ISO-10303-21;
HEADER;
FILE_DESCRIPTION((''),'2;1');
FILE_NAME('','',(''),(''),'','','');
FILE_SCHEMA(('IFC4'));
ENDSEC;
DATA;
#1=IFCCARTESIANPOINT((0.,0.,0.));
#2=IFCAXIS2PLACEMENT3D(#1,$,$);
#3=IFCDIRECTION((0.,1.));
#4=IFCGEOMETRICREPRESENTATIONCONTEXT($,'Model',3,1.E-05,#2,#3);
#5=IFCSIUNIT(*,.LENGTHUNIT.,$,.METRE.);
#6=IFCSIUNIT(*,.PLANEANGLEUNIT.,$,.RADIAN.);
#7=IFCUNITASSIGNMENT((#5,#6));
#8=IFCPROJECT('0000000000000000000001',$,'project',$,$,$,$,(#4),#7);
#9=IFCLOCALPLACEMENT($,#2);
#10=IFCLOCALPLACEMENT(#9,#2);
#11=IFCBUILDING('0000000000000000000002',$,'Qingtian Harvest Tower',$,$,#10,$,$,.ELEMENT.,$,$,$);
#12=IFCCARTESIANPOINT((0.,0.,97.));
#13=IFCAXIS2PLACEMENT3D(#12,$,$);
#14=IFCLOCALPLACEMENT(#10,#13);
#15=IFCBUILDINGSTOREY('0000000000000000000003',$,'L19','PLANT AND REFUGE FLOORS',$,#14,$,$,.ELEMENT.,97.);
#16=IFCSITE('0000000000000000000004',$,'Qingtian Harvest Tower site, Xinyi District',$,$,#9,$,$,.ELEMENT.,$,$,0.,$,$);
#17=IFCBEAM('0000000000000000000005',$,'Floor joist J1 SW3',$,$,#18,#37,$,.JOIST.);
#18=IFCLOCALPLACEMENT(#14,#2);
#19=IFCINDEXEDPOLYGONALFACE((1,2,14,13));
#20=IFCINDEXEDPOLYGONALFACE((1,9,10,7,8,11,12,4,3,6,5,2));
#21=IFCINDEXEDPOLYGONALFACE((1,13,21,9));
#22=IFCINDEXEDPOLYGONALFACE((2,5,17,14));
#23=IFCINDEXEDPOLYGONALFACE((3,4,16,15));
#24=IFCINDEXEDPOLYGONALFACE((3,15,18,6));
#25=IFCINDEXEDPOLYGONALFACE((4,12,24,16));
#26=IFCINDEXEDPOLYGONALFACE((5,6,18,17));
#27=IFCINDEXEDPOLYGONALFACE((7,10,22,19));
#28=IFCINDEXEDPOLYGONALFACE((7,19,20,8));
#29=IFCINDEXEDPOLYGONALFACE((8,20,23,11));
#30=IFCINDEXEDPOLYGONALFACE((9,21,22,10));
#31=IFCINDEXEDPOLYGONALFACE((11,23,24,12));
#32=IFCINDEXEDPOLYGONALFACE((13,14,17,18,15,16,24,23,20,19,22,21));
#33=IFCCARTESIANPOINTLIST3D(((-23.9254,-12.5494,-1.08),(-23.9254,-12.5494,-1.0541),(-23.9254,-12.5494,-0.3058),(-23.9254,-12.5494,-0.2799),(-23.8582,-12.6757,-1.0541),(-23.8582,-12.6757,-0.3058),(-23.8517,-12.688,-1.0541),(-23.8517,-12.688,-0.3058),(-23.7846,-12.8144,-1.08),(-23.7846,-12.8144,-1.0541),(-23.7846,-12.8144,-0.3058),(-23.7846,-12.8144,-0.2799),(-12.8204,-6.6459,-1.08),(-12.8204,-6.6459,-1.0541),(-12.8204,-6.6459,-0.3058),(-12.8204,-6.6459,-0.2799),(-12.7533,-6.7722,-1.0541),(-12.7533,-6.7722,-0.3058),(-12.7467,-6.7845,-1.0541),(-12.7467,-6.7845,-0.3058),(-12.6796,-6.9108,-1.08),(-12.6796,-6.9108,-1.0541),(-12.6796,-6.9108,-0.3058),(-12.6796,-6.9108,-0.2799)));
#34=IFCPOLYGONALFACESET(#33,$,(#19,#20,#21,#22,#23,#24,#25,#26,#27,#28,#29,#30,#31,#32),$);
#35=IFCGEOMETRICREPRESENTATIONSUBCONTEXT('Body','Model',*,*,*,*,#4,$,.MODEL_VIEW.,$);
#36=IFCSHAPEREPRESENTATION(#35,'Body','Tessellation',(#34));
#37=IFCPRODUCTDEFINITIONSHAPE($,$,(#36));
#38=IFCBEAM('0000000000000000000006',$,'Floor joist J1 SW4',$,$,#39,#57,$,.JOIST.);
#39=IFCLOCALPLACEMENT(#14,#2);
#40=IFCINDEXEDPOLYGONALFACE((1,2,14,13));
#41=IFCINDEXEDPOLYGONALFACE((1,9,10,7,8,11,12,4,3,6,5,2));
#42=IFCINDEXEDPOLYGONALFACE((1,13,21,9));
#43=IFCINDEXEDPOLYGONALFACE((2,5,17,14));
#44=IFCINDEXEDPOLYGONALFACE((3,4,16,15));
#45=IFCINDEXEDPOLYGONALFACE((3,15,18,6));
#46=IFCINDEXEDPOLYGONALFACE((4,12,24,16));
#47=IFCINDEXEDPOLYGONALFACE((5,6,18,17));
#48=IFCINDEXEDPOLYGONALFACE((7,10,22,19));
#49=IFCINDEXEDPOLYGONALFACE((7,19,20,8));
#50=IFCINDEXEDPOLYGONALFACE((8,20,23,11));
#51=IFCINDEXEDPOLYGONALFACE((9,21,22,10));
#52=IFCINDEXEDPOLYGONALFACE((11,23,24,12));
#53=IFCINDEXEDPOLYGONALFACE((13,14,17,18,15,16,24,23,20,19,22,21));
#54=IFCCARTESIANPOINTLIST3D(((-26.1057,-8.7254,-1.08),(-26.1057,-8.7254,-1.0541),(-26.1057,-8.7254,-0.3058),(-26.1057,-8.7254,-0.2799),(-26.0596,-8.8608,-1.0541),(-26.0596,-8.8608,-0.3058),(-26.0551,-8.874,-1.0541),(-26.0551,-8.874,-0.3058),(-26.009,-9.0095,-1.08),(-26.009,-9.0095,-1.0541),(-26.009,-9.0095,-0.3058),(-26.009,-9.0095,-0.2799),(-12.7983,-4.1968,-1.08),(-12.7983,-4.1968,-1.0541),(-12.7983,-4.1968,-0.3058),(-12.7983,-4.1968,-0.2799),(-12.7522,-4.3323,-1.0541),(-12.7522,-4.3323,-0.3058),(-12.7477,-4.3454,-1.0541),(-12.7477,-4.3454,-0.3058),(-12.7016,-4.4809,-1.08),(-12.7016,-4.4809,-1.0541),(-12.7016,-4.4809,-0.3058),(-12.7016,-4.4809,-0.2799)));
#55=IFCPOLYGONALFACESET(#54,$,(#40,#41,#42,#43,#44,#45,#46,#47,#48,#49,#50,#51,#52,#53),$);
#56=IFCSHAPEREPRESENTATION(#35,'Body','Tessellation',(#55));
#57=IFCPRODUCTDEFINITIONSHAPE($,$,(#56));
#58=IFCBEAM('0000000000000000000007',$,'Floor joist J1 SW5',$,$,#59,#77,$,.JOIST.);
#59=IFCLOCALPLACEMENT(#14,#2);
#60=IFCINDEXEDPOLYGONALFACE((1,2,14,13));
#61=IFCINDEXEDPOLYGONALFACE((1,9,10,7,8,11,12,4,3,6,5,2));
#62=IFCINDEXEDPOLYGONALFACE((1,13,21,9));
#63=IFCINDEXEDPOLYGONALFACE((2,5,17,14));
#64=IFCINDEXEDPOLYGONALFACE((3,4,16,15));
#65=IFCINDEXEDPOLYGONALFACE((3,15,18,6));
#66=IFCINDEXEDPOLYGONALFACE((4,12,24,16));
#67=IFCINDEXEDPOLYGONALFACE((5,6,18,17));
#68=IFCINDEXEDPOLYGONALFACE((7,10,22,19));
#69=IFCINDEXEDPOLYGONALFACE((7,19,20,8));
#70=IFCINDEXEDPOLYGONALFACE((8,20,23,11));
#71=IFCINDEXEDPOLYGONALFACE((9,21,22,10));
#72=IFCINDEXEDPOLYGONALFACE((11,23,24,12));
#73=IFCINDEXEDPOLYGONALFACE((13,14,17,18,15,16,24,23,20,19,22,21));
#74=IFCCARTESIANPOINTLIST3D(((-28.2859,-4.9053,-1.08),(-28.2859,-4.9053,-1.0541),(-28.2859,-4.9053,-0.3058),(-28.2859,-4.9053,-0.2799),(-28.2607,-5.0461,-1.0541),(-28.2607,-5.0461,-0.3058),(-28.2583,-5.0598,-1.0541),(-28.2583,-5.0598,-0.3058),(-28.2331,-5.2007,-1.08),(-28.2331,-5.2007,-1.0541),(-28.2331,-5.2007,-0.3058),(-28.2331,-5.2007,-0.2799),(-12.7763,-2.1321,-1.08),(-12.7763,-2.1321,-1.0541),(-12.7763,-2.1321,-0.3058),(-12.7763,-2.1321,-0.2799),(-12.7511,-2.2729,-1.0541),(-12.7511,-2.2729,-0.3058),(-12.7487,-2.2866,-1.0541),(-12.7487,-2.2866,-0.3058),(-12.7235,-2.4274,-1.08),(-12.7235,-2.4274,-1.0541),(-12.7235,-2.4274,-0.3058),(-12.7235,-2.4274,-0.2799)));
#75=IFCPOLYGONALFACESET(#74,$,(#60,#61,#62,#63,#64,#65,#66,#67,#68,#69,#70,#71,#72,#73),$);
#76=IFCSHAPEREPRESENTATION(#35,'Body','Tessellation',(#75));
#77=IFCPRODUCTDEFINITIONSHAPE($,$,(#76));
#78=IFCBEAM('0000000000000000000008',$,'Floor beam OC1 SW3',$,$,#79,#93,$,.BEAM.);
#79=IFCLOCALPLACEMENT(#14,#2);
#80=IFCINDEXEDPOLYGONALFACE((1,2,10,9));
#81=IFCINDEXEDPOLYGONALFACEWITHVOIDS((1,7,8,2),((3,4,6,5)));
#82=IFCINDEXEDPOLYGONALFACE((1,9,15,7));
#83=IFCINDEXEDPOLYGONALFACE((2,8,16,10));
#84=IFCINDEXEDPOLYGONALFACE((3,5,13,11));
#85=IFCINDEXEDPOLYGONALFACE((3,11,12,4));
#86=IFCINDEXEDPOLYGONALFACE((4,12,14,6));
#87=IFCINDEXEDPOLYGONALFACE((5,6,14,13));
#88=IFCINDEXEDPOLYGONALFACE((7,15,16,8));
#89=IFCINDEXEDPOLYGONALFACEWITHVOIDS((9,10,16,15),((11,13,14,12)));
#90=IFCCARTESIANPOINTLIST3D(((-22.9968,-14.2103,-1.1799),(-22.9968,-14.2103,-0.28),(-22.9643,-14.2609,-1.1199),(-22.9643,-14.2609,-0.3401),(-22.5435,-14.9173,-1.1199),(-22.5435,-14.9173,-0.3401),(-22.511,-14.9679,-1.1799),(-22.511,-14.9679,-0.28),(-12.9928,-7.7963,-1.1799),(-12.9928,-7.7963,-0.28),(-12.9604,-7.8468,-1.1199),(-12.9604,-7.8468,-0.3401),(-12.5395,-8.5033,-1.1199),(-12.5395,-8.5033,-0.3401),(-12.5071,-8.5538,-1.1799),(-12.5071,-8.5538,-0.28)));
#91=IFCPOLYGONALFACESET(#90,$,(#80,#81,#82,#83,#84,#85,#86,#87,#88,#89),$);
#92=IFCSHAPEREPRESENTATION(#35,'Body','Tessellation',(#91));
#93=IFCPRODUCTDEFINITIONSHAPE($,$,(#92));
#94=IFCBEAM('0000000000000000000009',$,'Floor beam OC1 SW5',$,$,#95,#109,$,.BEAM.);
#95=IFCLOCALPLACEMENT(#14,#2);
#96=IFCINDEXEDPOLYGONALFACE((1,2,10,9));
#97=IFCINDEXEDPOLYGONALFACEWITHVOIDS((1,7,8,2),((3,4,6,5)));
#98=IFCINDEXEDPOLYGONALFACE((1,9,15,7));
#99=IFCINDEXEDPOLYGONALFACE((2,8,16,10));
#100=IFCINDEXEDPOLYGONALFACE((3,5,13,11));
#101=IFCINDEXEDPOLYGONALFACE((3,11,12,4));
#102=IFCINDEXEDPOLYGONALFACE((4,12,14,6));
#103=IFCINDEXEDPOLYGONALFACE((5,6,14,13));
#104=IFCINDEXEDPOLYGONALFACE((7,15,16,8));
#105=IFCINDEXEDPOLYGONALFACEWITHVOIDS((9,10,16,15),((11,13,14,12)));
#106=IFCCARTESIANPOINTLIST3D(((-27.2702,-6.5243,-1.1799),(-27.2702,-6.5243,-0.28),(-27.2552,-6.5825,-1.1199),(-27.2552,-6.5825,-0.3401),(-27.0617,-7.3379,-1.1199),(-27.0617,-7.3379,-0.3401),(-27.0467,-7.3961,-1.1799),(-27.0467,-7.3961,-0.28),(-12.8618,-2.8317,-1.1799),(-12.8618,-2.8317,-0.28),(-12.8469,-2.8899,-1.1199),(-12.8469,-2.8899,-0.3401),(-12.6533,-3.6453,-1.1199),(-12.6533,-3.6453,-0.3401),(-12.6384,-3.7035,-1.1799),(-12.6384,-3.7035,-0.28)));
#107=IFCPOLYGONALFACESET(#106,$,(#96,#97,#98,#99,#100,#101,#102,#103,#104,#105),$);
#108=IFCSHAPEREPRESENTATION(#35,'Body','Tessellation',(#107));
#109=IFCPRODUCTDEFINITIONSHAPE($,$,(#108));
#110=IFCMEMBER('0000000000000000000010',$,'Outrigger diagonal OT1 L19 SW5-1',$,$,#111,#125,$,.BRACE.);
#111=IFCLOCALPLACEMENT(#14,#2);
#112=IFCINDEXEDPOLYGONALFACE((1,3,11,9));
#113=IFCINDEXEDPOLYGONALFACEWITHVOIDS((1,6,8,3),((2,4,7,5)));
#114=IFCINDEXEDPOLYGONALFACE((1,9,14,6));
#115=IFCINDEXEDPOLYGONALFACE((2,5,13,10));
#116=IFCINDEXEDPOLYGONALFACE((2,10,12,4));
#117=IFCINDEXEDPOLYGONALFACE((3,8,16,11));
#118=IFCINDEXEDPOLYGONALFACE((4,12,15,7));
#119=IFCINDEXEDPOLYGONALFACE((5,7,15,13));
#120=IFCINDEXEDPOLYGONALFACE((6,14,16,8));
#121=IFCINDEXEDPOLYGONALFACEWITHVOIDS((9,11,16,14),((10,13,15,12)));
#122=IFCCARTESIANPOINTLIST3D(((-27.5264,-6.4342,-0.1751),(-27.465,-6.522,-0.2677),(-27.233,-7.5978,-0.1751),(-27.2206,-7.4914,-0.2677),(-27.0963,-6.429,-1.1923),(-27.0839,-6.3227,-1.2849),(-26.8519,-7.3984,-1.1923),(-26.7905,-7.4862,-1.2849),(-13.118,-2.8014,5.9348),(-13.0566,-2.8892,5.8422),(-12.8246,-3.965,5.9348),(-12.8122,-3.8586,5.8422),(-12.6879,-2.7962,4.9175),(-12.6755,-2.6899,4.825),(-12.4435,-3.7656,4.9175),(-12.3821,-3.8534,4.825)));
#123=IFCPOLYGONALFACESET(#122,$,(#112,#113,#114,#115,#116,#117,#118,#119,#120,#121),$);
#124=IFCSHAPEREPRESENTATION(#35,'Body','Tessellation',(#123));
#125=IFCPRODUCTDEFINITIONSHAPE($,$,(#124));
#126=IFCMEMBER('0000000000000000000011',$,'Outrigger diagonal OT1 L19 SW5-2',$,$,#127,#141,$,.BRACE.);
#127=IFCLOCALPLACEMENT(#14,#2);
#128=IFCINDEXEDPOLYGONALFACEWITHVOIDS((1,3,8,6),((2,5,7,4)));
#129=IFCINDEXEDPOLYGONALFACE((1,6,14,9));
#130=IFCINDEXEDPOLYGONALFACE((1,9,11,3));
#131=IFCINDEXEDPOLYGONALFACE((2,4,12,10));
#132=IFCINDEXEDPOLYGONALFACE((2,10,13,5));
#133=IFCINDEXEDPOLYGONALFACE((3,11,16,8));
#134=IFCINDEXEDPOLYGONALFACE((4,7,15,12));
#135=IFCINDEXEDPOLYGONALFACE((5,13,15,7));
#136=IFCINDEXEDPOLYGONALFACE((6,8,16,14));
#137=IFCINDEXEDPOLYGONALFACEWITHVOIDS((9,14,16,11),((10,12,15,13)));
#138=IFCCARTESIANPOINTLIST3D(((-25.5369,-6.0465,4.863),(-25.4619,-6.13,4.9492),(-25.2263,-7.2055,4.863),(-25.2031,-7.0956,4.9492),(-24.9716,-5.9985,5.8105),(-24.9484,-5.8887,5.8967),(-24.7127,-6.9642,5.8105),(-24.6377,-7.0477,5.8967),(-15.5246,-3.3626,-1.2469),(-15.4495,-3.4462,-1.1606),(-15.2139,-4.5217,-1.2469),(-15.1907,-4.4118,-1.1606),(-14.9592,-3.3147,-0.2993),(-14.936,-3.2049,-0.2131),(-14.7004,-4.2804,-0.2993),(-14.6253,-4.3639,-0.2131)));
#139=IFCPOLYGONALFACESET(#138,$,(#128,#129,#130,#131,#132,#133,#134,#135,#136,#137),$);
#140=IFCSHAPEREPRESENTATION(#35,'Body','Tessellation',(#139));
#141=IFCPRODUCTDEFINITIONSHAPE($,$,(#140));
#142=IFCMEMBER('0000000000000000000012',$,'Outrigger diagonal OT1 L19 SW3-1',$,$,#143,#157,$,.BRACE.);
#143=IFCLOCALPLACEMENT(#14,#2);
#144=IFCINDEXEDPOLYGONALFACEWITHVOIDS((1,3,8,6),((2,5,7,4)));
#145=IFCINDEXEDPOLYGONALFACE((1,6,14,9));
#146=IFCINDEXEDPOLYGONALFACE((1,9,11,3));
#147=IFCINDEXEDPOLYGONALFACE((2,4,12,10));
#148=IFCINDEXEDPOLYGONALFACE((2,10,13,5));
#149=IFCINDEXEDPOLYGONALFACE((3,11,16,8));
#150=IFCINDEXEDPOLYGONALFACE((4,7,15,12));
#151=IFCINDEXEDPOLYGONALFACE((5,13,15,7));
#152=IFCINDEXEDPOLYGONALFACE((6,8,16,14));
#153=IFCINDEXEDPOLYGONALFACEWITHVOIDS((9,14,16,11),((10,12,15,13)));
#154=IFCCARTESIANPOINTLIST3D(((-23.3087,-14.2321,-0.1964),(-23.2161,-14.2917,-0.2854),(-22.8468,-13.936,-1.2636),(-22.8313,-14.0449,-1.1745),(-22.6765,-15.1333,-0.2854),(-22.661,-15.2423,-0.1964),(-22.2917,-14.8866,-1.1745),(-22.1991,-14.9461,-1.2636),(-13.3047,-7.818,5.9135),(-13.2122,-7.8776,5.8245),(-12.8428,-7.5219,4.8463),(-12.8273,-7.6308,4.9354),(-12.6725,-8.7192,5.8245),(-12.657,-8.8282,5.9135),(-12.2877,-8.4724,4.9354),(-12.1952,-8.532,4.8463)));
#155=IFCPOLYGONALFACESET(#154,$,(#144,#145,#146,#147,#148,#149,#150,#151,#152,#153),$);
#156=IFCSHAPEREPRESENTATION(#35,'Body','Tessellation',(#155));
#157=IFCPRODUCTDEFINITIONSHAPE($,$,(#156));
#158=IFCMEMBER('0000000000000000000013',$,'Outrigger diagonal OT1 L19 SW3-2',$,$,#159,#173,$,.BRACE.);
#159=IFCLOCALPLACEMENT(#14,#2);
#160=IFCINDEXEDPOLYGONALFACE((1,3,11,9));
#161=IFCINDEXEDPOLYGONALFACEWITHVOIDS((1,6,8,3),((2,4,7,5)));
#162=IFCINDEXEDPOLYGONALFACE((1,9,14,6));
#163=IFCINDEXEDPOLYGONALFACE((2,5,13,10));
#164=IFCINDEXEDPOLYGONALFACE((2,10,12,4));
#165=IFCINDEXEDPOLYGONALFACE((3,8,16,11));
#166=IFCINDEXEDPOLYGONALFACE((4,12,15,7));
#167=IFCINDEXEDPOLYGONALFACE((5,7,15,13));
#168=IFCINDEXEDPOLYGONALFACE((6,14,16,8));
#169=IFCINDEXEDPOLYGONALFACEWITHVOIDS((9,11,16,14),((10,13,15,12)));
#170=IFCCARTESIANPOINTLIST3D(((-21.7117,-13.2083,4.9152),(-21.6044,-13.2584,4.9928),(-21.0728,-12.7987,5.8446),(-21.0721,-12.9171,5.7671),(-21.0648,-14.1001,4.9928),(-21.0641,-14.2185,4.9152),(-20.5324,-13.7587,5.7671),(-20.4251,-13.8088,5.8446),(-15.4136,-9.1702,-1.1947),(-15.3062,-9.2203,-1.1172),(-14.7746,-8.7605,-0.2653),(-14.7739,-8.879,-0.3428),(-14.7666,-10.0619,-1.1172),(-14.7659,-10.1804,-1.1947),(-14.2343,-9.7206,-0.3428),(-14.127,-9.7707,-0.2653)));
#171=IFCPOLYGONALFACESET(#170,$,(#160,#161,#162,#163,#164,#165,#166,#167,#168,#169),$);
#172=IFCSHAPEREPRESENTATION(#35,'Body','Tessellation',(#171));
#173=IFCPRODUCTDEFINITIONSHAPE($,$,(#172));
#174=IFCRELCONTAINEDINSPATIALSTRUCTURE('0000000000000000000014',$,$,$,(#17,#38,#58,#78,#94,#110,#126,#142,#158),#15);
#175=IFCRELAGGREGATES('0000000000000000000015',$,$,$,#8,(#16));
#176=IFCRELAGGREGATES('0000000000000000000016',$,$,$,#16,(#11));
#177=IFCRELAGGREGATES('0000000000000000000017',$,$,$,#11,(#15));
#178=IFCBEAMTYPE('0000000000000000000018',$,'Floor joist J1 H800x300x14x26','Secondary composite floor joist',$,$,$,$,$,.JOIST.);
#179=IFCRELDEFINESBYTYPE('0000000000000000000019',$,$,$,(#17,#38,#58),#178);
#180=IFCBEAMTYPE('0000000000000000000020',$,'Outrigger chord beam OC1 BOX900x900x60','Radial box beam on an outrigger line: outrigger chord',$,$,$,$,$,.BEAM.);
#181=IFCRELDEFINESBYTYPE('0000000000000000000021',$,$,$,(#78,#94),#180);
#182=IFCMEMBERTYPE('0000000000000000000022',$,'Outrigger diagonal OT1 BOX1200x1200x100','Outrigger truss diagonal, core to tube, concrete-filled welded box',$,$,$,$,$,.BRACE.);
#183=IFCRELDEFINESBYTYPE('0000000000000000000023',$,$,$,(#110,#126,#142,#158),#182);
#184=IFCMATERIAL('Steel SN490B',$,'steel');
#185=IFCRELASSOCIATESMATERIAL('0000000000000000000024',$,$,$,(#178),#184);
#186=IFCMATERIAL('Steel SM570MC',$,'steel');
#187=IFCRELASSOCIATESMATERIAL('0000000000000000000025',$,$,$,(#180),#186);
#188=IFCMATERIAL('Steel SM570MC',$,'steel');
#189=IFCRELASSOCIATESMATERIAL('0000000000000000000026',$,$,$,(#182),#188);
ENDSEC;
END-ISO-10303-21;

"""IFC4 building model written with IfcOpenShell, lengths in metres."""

from ifc_helpers import new_model, si_unit, direction, frame, origin, origin_2d, place, context, subcontext, project, spatial, hollow_rectangle, i_section, extrude, material, material_profile, profile_set, type_object, element, save


model = new_model("IFC4")

# Units and contexts
model_context = context("Model", 3, precision=1e-05, world=origin(), true_north=direction((0.0, 1.0)))
body_context = subcontext(model_context, "Body", "Model", "MODEL_VIEW")
ifc_project = project(units=[si_unit("LENGTHUNIT", "METRE"), si_unit("PLANEANGLEUNIT", "RADIAN")], contexts=[model_context])

# Site, building, storey
site_placement = place(None, origin())
site = spatial("IfcSite", under=ifc_project, at=site_placement, Name="Qingtian Harvest Tower site, Xinyi District", CompositionType="ELEMENT", RefElevation=0.0)
building_placement = place(site_placement, origin())
building = spatial("IfcBuilding", under=site, at=building_placement, Name="Qingtian Harvest Tower", CompositionType="ELEMENT")
storey_placement = place(building_placement, frame((0.0, 0.0, 97.0)))
storey = spatial("IfcBuildingStorey", under=building, at=storey_placement, Name="L19", Description="PLANT AND REFUGE FLOORS", CompositionType="ELEMENT", Elevation=97.0)

# Beams
ifc_material_1 = material(Name="Steel SN490B", Category="steel")
ifc_material_profile_1 = material_profile(ifc_material_1, i_section(OverallWidth=0.3, OverallDepth=0.8, WebThickness=0.0139, FlangeThickness=0.0259, at=origin_2d()), Name="H800x300x14x26")
ifc_profile_set_1 = profile_set([ifc_material_profile_1], Name="Steel SN490B")
beam_type_1 = type_object("IfcBeamType", Name="Floor joist J1 H800x300x14x26", Description="Secondary composite floor joist", PredefinedType="JOIST", material=ifc_profile_set_1)
beam_1_placement = place(storey_placement, frame((-23.855, -12.6819, -0.6799), z_axis=(0.882982, 0.469406, 0.0), x_axis=(-0.469406, 0.882982, 0.0)))
element("IfcBeam", 1, at=beam_1_placement, inside=storey, type_object=beam_type_1, Name="Floor joist J1 SW3", PredefinedType="JOIST", context=body_context, shape_type="SweptSolid", body=[
    extrude(i_section(OverallWidth=0.3, OverallDepth=0.8, WebThickness=0.0139, FlangeThickness=0.0259, at=origin_2d()), origin(), (0.0, 0.0, 1.0), 12.5767),
])
beam_2_placement = place(storey_placement, frame((-26.0574, -8.8674, -0.6799), z_axis=(0.946685, 0.322161, 0.0), x_axis=(-0.322161, 0.946685, 0.0)))
element("IfcBeam", 2, at=beam_2_placement, inside=storey, type_object=beam_type_1, Name="Floor joist J1 SW4", PredefinedType="JOIST", context=body_context, shape_type="SweptSolid", body=[
    extrude(i_section(OverallWidth=0.3, OverallDepth=0.8, WebThickness=0.0139, FlangeThickness=0.0259, at=origin_2d()), origin(), (0.0, 0.0, 1.0), 14.0569),
])
beam_3_placement = place(storey_placement, frame((-28.2595, -5.053, -0.6799), z_axis=(0.984388, 0.176014, 0.0), x_axis=(-0.176014, 0.984388, 0.0)))
element("IfcBeam", 3, at=beam_3_placement, inside=storey, type_object=beam_type_1, Name="Floor joist J1 SW5", PredefinedType="JOIST", context=body_context, shape_type="SweptSolid", body=[
    extrude(i_section(OverallWidth=0.3, OverallDepth=0.8, WebThickness=0.0139, FlangeThickness=0.0259, at=origin_2d()), origin(), (0.0, 0.0, 1.0), 15.7556),
])
ifc_material_2 = material(Name="Steel SM570MC", Category="steel")
ifc_material_profile_2 = material_profile(ifc_material_2, hollow_rectangle(XDim=0.8999, YDim=0.8999, WallThickness=0.0601, at=origin_2d()), Name="BOX900x900x60")
ifc_profile_set_2 = profile_set([ifc_material_profile_2], Name="Steel SM570MC")
beam_type_2 = type_object("IfcBeamType", Name="Outrigger chord beam OC1 BOX900x900x60", Description="Radial box beam on an outrigger line: outrigger chord", PredefinedType="BEAM", material=ifc_profile_set_2)
beam_4_placement = place(storey_placement, frame((-22.7539, -14.5891, -0.73), z_axis=(0.841829, 0.539744, 0.0), x_axis=(-0.539744, 0.841829, 0.0)))
element("IfcBeam", 4, at=beam_4_placement, inside=storey, type_object=beam_type_2, Name="Floor beam OC1 SW3", PredefinedType="BEAM", context=body_context, shape_type="SweptSolid", body=[
    extrude(hollow_rectangle(XDim=0.8999, YDim=0.8999, WallThickness=0.0601, at=origin_2d()), origin(), (0.0, 0.0, 1.0), 11.8835),
])
beam_5_placement = place(storey_placement, frame((-27.1584, -6.9602, -0.73), z_axis=(0.968694, 0.248259, 0.0), x_axis=(-0.248259, 0.968694, 0.0)))
element("IfcBeam", 5, at=beam_5_placement, inside=storey, type_object=beam_type_2, Name="Floor beam OC1 SW5", PredefinedType="BEAM", context=body_context, shape_type="SweptSolid", body=[
    extrude(hollow_rectangle(XDim=0.8999, YDim=0.8999, WallThickness=0.0601, at=origin_2d()), origin(), (0.0, 0.0, 1.0), 14.874),
])

# Members
ifc_material_3 = material(Name="Steel SM570MC", Category="steel")
ifc_material_profile_3 = material_profile(ifc_material_3, hollow_rectangle(XDim=1.2, YDim=1.2, WallThickness=0.1001, at=origin_2d()), Name="BOX1200x1200x100")
ifc_profile_set_3 = profile_set([ifc_material_profile_3], Name="Steel SM570MC")
member_type_1 = type_object("IfcMemberType", Name="Outrigger diagonal OT1 BOX1200x1200x100", Description="Outrigger truss diagonal, core to tube, concrete-filled welded box", PredefinedType="BRACE", material=ifc_profile_set_3)
member_1_placement = place(storey_placement, frame((-27.1584, -6.9602, -0.73), z_axis=(0.896803, 0.226112, 0.380287), x_axis=(-0.24448, 0.969654, 0.0)))
element("IfcMember", 6, at=member_1_placement, inside=storey, type_object=member_type_1, Name="Outrigger diagonal OT1 L19 SW5-1", PredefinedType="BRACE", context=body_context, shape_type="SweptSolid", body=[
    extrude(hollow_rectangle(XDim=1.2, YDim=1.2, WallThickness=0.1001, at=origin_2d()), origin(), (0.0, 0.0, 1.0), 16.0664),
])
member_2_placement = place(storey_placement, frame((-15.075, -3.8633, -0.73), z_axis=(-0.832113, -0.223048, 0.507777), x_axis=(0.25891, -0.965901, 0.0)))
element("IfcMember", 7, at=member_2_placement, inside=storey, type_object=member_type_1, Name="Outrigger diagonal OT1 L19 SW5-2", PredefinedType="BRACE", context=body_context, shape_type="SweptSolid", body=[
    extrude(hollow_rectangle(XDim=1.2, YDim=1.2, WallThickness=0.1001, at=origin_2d()), origin(), (0.0, 0.0, 1.0), 12.0325),
])
member_3_placement = place(storey_placement, frame((-22.7539, -14.5891, -0.73), z_axis=(0.748671, 0.480015, 0.457249), x_axis=(-0.539744, 0.841829, 0.0)))
element("IfcMember", 8, at=member_3_placement, inside=storey, type_object=member_type_1, Name="Outrigger diagonal OT1 L19 SW3-1", PredefinedType="BRACE", context=body_context, shape_type="SweptSolid", body=[
    extrude(hollow_rectangle(XDim=1.2, YDim=1.2, WallThickness=0.1001, at=origin_2d()), origin(), (0.0, 0.0, 1.0), 13.3623),
])
member_4_placement = place(storey_placement, frame((-14.7703, -9.4705, -0.73), z_axis=(-0.652022, -0.41805, 0.632535), x_axis=(0.539746, -0.841828, 0.0)))
element("IfcMember", 9, at=member_4_placement, inside=storey, type_object=member_type_1, Name="Outrigger diagonal OT1 L19 SW3-2", PredefinedType="BRACE", context=body_context, shape_type="SweptSolid", body=[
    extrude(hollow_rectangle(XDim=1.2, YDim=1.2, WallThickness=0.1001, at=origin_2d()), origin(), (0.0, 0.0, 1.0), 9.6594),
])

save(model, "model.ifc")
